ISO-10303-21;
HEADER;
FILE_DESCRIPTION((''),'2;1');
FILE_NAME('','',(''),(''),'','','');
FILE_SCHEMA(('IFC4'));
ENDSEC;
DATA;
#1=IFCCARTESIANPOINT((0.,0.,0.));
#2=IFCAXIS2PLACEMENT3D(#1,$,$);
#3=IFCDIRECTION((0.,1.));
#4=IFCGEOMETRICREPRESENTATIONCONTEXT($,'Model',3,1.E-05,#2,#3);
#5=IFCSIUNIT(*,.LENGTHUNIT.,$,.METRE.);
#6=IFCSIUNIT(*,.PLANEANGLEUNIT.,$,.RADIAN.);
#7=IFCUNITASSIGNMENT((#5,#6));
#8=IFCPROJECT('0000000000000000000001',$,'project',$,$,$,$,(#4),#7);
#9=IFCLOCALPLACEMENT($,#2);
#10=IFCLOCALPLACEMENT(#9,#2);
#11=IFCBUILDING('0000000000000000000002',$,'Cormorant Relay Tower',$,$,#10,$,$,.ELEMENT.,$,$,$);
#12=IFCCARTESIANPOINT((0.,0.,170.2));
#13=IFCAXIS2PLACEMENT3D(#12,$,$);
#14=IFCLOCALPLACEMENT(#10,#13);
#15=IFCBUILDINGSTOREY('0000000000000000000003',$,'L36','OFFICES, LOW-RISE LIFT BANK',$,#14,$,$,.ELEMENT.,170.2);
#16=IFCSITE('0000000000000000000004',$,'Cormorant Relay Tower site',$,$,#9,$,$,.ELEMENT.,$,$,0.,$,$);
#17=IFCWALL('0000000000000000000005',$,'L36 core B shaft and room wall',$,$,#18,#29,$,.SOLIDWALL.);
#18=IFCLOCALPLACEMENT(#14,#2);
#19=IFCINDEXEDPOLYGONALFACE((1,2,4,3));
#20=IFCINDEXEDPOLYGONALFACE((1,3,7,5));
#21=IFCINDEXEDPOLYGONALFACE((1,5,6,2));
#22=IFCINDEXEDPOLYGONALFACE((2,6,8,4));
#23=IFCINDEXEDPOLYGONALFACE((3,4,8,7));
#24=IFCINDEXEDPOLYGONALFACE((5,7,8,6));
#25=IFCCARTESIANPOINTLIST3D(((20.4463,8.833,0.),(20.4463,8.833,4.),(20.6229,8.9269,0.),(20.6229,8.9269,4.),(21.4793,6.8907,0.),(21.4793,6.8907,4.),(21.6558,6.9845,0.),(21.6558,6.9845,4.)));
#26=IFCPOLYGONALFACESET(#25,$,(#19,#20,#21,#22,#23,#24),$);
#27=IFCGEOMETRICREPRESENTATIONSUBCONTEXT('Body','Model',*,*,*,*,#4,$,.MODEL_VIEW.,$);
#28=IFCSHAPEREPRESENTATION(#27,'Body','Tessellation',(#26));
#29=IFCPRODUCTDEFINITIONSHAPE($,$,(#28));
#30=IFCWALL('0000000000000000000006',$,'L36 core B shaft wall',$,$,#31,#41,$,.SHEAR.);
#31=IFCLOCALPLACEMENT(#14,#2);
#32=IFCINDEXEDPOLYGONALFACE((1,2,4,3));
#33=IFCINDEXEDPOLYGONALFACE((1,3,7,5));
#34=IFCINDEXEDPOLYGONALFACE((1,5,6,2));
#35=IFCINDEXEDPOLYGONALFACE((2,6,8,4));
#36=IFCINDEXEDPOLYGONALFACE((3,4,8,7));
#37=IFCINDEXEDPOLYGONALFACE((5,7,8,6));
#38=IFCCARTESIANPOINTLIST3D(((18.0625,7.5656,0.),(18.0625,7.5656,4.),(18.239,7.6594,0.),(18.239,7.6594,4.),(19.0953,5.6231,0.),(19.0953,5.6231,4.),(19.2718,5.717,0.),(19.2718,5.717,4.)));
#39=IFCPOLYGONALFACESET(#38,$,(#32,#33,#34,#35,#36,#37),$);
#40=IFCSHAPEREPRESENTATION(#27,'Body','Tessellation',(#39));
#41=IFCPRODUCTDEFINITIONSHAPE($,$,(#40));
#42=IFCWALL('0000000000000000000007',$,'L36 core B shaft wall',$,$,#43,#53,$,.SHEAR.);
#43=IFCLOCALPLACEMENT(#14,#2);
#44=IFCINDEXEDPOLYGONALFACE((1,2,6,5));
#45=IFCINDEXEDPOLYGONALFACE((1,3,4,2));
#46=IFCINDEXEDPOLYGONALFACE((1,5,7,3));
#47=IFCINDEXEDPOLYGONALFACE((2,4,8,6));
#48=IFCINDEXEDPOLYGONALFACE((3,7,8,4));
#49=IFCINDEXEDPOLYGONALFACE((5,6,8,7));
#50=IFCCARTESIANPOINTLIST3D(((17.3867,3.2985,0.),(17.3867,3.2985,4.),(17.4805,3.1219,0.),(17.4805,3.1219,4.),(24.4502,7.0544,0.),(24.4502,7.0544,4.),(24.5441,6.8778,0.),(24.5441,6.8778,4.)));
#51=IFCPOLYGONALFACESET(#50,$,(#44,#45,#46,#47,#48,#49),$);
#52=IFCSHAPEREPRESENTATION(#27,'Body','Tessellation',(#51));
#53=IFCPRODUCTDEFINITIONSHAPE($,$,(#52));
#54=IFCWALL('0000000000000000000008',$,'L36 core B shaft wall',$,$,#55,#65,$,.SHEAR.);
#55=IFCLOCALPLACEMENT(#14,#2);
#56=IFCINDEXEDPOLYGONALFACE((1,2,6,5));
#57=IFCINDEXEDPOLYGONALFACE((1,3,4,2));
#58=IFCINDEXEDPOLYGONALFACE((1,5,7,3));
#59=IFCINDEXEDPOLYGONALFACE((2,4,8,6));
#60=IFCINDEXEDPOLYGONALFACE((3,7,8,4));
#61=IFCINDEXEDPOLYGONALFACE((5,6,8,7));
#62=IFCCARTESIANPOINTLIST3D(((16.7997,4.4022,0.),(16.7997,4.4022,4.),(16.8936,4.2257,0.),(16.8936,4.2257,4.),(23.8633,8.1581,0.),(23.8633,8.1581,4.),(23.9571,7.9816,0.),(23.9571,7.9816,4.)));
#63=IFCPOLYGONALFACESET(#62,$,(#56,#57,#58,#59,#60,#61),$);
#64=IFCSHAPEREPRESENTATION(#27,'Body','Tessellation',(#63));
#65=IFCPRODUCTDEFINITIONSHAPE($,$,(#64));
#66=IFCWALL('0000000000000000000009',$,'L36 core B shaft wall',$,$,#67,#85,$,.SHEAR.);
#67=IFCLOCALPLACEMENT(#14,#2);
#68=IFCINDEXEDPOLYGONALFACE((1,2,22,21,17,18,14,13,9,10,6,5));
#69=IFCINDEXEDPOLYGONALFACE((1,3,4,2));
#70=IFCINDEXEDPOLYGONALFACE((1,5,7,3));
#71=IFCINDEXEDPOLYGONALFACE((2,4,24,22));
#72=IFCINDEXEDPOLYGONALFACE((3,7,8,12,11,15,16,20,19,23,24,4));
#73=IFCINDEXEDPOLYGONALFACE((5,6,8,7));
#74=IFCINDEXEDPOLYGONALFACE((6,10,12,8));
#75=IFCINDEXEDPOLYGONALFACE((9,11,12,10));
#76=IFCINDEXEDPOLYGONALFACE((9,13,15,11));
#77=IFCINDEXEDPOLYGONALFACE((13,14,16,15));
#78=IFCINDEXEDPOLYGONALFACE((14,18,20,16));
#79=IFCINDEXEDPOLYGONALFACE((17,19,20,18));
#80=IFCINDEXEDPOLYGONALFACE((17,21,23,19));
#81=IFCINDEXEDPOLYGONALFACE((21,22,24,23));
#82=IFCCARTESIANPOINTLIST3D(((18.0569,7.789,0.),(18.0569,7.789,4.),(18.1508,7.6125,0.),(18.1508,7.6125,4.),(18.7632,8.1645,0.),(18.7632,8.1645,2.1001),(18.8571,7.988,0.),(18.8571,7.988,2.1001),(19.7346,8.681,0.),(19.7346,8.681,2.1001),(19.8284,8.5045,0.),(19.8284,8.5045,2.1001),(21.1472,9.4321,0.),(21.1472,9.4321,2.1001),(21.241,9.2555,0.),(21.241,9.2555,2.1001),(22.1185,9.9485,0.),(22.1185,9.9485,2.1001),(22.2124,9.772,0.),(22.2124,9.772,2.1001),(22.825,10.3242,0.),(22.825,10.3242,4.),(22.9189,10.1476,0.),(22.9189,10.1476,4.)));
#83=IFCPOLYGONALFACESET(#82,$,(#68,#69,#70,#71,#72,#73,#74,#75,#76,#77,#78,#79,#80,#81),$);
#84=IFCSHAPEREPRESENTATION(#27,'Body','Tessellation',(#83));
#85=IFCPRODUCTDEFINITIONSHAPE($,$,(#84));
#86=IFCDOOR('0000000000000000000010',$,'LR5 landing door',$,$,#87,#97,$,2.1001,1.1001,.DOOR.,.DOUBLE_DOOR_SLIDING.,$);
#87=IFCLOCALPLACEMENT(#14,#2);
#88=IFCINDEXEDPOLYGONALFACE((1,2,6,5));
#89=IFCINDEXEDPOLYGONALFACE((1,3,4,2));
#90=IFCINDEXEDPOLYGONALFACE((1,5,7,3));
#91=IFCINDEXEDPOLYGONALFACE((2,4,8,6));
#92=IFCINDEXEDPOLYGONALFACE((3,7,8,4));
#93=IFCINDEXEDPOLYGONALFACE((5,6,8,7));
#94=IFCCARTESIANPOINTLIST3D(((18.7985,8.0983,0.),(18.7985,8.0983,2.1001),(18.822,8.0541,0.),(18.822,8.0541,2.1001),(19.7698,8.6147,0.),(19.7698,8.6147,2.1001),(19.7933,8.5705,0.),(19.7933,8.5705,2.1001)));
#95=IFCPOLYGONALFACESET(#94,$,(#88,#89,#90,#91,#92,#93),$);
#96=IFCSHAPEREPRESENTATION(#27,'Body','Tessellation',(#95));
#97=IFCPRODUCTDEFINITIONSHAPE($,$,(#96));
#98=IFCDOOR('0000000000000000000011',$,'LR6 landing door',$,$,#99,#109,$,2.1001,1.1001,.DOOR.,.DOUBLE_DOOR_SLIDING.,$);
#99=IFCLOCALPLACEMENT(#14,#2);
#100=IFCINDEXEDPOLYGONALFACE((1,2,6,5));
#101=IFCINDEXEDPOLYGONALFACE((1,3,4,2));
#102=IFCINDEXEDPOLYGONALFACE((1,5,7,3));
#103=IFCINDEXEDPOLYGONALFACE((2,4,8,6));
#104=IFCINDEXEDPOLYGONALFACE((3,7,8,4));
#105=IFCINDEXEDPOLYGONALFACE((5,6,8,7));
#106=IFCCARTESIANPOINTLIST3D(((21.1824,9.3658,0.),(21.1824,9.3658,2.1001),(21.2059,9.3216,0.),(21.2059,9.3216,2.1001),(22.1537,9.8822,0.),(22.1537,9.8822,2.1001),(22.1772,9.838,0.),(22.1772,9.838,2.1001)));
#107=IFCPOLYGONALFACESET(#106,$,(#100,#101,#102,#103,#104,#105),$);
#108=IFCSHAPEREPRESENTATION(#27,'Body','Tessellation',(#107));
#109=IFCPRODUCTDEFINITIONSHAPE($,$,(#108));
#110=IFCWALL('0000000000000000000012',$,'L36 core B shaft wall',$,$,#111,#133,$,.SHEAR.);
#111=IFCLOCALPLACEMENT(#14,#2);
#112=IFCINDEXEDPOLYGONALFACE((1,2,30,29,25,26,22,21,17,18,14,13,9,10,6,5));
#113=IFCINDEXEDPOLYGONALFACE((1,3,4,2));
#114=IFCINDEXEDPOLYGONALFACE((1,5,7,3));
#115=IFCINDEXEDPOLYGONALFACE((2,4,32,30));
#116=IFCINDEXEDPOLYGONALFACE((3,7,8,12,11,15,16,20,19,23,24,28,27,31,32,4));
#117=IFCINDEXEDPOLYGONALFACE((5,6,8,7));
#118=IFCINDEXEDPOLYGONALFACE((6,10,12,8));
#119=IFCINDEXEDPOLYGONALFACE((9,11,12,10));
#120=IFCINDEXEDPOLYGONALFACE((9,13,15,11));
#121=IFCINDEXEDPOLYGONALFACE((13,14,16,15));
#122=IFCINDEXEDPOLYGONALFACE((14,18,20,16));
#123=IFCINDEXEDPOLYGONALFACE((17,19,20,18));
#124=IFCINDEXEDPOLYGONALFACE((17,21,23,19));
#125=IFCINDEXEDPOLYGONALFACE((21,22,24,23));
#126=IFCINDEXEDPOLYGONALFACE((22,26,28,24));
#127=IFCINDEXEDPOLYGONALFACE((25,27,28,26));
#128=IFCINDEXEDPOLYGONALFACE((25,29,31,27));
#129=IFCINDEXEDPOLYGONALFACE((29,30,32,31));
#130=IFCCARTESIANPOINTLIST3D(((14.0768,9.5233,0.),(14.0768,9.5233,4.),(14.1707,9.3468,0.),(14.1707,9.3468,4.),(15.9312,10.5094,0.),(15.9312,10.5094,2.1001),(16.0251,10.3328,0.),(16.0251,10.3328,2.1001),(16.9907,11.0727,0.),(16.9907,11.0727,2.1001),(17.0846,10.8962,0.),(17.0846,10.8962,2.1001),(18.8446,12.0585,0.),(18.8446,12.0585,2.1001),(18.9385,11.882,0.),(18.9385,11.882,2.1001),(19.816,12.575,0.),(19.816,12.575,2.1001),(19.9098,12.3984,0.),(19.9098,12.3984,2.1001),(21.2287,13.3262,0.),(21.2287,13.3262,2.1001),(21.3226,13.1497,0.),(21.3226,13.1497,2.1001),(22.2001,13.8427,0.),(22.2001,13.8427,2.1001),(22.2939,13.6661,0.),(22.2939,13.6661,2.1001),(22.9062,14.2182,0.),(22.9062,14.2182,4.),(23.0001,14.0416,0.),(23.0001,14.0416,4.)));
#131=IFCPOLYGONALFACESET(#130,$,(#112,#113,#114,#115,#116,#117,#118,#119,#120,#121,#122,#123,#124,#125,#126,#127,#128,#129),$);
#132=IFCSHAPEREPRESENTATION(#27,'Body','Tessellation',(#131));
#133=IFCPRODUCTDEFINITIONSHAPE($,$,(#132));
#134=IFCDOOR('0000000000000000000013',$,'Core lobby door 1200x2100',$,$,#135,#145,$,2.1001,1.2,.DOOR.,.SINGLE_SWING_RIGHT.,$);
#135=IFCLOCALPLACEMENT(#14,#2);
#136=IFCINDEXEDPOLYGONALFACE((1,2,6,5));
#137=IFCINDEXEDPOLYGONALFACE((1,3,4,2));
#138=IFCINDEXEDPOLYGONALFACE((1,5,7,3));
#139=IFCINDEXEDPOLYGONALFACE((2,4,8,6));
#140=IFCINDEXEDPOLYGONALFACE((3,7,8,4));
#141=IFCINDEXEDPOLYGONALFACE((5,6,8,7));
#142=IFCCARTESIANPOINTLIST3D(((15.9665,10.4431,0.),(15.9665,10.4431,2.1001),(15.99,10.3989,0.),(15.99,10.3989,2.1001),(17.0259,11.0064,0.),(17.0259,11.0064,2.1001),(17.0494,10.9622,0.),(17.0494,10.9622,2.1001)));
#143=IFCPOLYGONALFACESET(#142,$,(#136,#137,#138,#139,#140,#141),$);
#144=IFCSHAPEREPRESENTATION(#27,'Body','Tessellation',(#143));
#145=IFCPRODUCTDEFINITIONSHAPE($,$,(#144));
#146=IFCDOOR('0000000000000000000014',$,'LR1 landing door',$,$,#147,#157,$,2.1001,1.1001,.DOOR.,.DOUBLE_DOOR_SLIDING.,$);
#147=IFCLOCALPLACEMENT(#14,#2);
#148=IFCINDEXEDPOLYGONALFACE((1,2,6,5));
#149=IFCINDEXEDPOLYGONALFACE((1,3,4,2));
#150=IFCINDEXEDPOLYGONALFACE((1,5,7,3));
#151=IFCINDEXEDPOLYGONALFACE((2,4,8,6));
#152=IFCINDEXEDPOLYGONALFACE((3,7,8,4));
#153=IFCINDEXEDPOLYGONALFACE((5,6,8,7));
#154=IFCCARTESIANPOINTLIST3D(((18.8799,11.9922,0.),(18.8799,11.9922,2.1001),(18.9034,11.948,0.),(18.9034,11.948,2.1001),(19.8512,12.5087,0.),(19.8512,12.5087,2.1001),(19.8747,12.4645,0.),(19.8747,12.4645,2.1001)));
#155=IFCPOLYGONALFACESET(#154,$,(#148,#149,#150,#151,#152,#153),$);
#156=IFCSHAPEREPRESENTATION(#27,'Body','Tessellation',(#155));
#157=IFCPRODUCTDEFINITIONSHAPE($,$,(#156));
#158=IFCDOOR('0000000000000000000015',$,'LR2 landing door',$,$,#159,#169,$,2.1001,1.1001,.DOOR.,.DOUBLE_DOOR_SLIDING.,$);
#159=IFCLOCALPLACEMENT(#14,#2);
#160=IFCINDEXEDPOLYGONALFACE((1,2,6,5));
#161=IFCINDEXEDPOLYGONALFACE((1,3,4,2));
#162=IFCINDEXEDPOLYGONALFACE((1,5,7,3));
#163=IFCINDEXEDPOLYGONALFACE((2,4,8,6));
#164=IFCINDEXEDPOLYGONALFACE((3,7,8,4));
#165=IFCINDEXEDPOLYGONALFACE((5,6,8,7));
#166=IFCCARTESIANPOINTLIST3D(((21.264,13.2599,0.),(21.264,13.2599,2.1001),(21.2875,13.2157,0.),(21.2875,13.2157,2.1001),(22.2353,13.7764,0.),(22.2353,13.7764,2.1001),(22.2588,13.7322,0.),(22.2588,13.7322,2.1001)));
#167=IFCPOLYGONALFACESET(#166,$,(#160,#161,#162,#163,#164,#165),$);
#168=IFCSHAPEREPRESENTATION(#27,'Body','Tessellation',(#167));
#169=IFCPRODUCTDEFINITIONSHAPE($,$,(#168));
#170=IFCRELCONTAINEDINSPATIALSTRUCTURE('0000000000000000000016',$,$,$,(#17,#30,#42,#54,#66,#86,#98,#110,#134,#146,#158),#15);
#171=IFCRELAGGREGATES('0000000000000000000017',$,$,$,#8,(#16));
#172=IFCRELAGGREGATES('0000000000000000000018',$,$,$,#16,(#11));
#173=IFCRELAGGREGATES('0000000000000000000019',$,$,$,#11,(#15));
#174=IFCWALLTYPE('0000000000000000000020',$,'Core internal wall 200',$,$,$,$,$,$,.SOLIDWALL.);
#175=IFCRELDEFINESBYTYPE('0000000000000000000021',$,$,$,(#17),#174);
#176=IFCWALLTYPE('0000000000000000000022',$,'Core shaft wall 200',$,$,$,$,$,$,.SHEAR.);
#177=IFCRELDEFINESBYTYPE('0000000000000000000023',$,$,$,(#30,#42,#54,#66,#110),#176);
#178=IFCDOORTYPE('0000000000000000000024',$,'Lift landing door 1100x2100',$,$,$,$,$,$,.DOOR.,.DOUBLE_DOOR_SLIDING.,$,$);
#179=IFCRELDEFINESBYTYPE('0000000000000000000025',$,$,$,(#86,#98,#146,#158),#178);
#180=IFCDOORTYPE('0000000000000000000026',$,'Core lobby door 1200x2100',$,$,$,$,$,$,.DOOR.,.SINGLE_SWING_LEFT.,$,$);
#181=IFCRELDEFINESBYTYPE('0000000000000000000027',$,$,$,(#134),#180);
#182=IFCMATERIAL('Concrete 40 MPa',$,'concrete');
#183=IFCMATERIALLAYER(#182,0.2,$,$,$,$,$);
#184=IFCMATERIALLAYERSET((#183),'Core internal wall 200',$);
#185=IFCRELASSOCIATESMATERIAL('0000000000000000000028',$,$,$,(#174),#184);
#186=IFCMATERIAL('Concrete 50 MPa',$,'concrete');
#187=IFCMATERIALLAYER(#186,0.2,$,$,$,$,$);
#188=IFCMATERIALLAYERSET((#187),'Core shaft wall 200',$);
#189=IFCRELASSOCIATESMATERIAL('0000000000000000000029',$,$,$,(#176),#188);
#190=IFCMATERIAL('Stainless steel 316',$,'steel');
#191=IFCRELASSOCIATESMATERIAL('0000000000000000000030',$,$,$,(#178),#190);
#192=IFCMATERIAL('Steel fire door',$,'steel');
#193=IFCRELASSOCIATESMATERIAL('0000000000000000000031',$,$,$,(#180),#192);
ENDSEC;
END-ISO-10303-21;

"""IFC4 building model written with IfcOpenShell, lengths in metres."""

from ifc_helpers import new_model, si_unit, direction, frame, frame_2d, origin, place, context, subcontext, project, spatial, rectangle, extrude, material, layer, layer_set, type_object, element, fill, save


model = new_model("IFC4")

# Units and contexts
model_context = context("Model", 3, precision=1e-05, world=origin(), true_north=direction((0.0, 1.0)))
body_context = subcontext(model_context, "Body", "Model", "MODEL_VIEW")
ifc_project = project(units=[si_unit("LENGTHUNIT", "METRE"), si_unit("PLANEANGLEUNIT", "RADIAN")], contexts=[model_context])

# Site, building, storey
site_placement = place(None, origin())
site = spatial("IfcSite", under=ifc_project, at=site_placement, Name="Cormorant Relay Tower site", CompositionType="ELEMENT", RefElevation=0.0)
building_placement = place(site_placement, origin())
building = spatial("IfcBuilding", under=site, at=building_placement, Name="Cormorant Relay Tower", CompositionType="ELEMENT")
storey_placement = place(building_placement, frame((0.0, 0.0, 170.2)))
storey = spatial("IfcBuildingStorey", under=building, at=storey_placement, Name="L36", Description="OFFICES, LOW-RISE LIFT BANK", CompositionType="ELEMENT", Elevation=170.2)

# Walls
ifc_material_1 = material(Name="Concrete 40 MPa", Category="concrete")
ifc_layer_1 = layer(ifc_material_1, 0.2)
ifc_layer_set_1 = layer_set([ifc_layer_1], Name="Core internal wall 200")
wall_type_1 = type_object("IfcWallType", Name="Core internal wall 200", PredefinedType="SOLIDWALL", material=ifc_layer_set_1)
wall_1_placement = place(storey_placement, frame((21.5676, 6.9375, 0.0), z_axis=(0.0, 0.0, 1.0), x_axis=(-0.469534, 0.882914, 0.0)))
element("IfcWall", 1, at=wall_1_placement, inside=storey, type_object=wall_type_1, Name="L36 core B shaft and room wall", PredefinedType="SOLIDWALL", context=body_context, shape_type="SweptSolid", body=[
    extrude(rectangle(XDim=2.2, YDim=0.2, at=frame_2d((1.1001, 0.0))), origin(), (0.0, 0.0, 1.0), 4.0),
])
ifc_material_2 = material(Name="Concrete 50 MPa", Category="concrete")
ifc_layer_2 = layer(ifc_material_2, 0.2)
ifc_layer_set_2 = layer_set([ifc_layer_2], Name="Core shaft wall 200")
wall_type_2 = type_object("IfcWallType", Name="Core shaft wall 200", PredefinedType="SHEAR", material=ifc_layer_set_2)
wall_2_placement = place(storey_placement, frame((19.1836, 5.6699, 0.0), z_axis=(0.0, 0.0, 1.0), x_axis=(-0.469447, 0.88296, 0.0)))
element("IfcWall", 2, at=wall_2_placement, inside=storey, type_object=wall_type_2, Name="L36 core B shaft wall", PredefinedType="SHEAR", context=body_context, shape_type="SweptSolid", body=[
    extrude(rectangle(XDim=2.2, YDim=0.2, at=frame_2d((1.1001, 0.0))), origin(), (0.0, 0.0, 1.0), 4.0),
])
for number, where, z_axis, x_axis, name in (
    (3, (17.4336, 3.2102, 0.0), (0.0, 0.0, 1.0), (0.88294, 0.469485, 0.0), "L36 core B shaft wall"),
    (4, (16.8467, 4.314, 0.0), (0.0, 0.0, 1.0), (0.88294, 0.469485, 0.0), "L36 core B shaft wall"),
):
    element("IfcWall", number, at=place(storey_placement, frame(where, z_axis=z_axis, x_axis=x_axis)), inside=storey, type_object=wall_type_2, Name=name, PredefinedType="SHEAR", context=body_context, shape_type="SweptSolid", body=[
        extrude(rectangle(XDim=8.0, YDim=0.2, at=frame_2d((4.0, 0.0))), origin(), (0.0, 0.0, 1.0), 4.0),
    ])

# Walls, openings, doors
wall_3_placement = place(storey_placement, frame((18.1038, 7.7007, 0.0), z_axis=(0.0, 0.0, 1.0), x_axis=(0.882953, 0.469462, 0.0)))
wall_3 = element("IfcWall", 5, at=wall_3_placement, inside=storey, type_object=wall_type_2, Name="L36 core B shaft wall", PredefinedType="SHEAR", context=body_context, shape_type="SweptSolid", body=[
    extrude(rectangle(XDim=5.4001, YDim=0.2, at=frame_2d((2.7002, 0.0))), origin(), (0.0, 0.0, 1.0), 4.0),
])
opening_1_placement = place(wall_3_placement, frame((0.8, 0.0, 0.0)))
opening_1 = element("IfcOpeningElement", 6, at=opening_1_placement, cuts=wall_3, PredefinedType="OPENING", context=body_context, shape_type="SweptSolid", body=[
    extrude(rectangle(XDim=1.1001, YDim=2.1001, at=frame_2d((0.55, 1.05))), frame((0.0, 0.1099, 0.0), z_axis=(0.0, -1.0, 0.0), x_axis=(1.0, 0.0, 0.0)), (0.0, 0.0, 1.0), 0.22),
])
opening_2_placement = place(wall_3_placement, frame((3.5, 0.0, 0.0)))
opening_2 = element("IfcOpeningElement", 7, at=opening_2_placement, cuts=wall_3, PredefinedType="OPENING", context=body_context, shape_type="SweptSolid", body=[
    extrude(rectangle(XDim=1.1001, YDim=2.1001, at=frame_2d((0.55, 1.05))), frame((0.0, 0.1099, 0.0), z_axis=(0.0, -1.0, 0.0), x_axis=(1.0, 0.0, 0.0)), (0.0, 0.0, 1.0), 0.22),
])
ifc_material_3 = material(Name="Stainless steel 316", Category="steel")
door_type_1 = type_object("IfcDoorType", Name="Lift landing door 1100x2100", OperationType="DOUBLE_DOOR_SLIDING", PredefinedType="DOOR", material=ifc_material_3)
door_1_placement = place(opening_1_placement, origin())
door_1 = element("IfcDoor", 8, at=door_1_placement, inside=storey, type_object=door_type_1, Name="LR5 landing door", OperationType="DOUBLE_DOOR_SLIDING", OverallHeight=2.1001, OverallWidth=1.1001, PredefinedType="DOOR", context=body_context, shape_type="SweptSolid", body=[
    extrude(rectangle(XDim=1.1001, YDim=2.1001, at=frame_2d((0.55, 1.05))), frame((0.0, 0.0249, 0.0), z_axis=(0.0, -1.0, 0.0), x_axis=(1.0, 0.0, 0.0)), (0.0, 0.0, 1.0), 0.05),
])
fill(opening_1, door_1)
door_2_placement = place(opening_2_placement, origin())
door_2 = element("IfcDoor", 9, at=door_2_placement, inside=storey, type_object=door_type_1, Name="LR6 landing door", OperationType="DOUBLE_DOOR_SLIDING", OverallHeight=2.1001, OverallWidth=1.1001, PredefinedType="DOOR", context=body_context, shape_type="SweptSolid", body=[
    extrude(rectangle(XDim=1.1001, YDim=2.1001, at=frame_2d((0.55, 1.05))), frame((0.0, 0.0249, 0.0), z_axis=(0.0, -1.0, 0.0), x_axis=(1.0, 0.0, 0.0)), (0.0, 0.0, 1.0), 0.05),
])
fill(opening_2, door_2)
wall_4_placement = place(storey_placement, frame((14.1238, 9.4351, 0.0), z_axis=(0.0, 0.0, 1.0), x_axis=(0.88294, 0.469485, 0.0)))
wall_4 = element("IfcWall", 10, at=wall_4_placement, inside=storey, type_object=wall_type_2, Name="L36 core B shaft wall", PredefinedType="SHEAR", context=body_context, shape_type="SweptSolid", body=[
    extrude(rectangle(XDim=10.0, YDim=0.2, at=frame_2d((5.0, 0.0))), origin(), (0.0, 0.0, 1.0), 4.0),
])
opening_3_placement = place(wall_4_placement, frame((2.1001, 0.0, 0.0)))
opening_3 = element("IfcOpeningElement", 11, at=opening_3_placement, cuts=wall_4, PredefinedType="OPENING", context=body_context, shape_type="SweptSolid", body=[
    extrude(rectangle(XDim=1.2, YDim=2.1001, at=frame_2d((0.6001, 1.05))), frame((0.0, 0.1099, 0.0), z_axis=(0.0, -1.0, 0.0), x_axis=(1.0, 0.0, 0.0)), (0.0, 0.0, 1.0), 0.22),
])
opening_4_placement = place(wall_4_placement, frame((5.3999, 0.0, 0.0)))
opening_4 = element("IfcOpeningElement", 12, at=opening_4_placement, cuts=wall_4, PredefinedType="OPENING", context=body_context, shape_type="SweptSolid", body=[
    extrude(rectangle(XDim=1.1001, YDim=2.1001, at=frame_2d((0.55, 1.05))), frame((0.0, 0.1099, 0.0), z_axis=(0.0, -1.0, 0.0), x_axis=(1.0, 0.0, 0.0)), (0.0, 0.0, 1.0), 0.22),
])
opening_5_placement = place(wall_4_placement, frame((8.1001, 0.0, 0.0)))
opening_5 = element("IfcOpeningElement", 13, at=opening_5_placement, cuts=wall_4, PredefinedType="OPENING", context=body_context, shape_type="SweptSolid", body=[
    extrude(rectangle(XDim=1.1001, YDim=2.1001, at=frame_2d((0.55, 1.05))), frame((0.0, 0.1099, 0.0), z_axis=(0.0, -1.0, 0.0), x_axis=(1.0, 0.0, 0.0)), (0.0, 0.0, 1.0), 0.22),
])
ifc_material_4 = material(Name="Steel fire door", Category="steel")
door_type_2 = type_object("IfcDoorType", Name="Core lobby door 1200x2100", OperationType="SINGLE_SWING_LEFT", PredefinedType="DOOR", material=ifc_material_4)
door_3_placement = place(opening_3_placement, origin())
door_3 = element("IfcDoor", 14, at=door_3_placement, inside=storey, type_object=door_type_2, Name="Core lobby door 1200x2100", OperationType="SINGLE_SWING_RIGHT", OverallHeight=2.1001, OverallWidth=1.2, PredefinedType="DOOR", context=body_context, shape_type="SweptSolid", body=[
    extrude(rectangle(XDim=1.2, YDim=2.1001, at=frame_2d((0.6001, 1.05))), frame((0.0, 0.0249, 0.0), z_axis=(0.0, -1.0, 0.0), x_axis=(1.0, 0.0, 0.0)), (0.0, 0.0, 1.0), 0.05),
])
fill(opening_3, door_3)
door_4_placement = place(opening_4_placement, origin())
door_4 = element("IfcDoor", 15, at=door_4_placement, inside=storey, type_object=door_type_1, Name="LR1 landing door", OperationType="DOUBLE_DOOR_SLIDING", OverallHeight=2.1001, OverallWidth=1.1001, PredefinedType="DOOR", context=body_context, shape_type="SweptSolid", body=[
    extrude(rectangle(XDim=1.1001, YDim=2.1001, at=frame_2d((0.55, 1.05))), frame((0.0, 0.0249, 0.0), z_axis=(0.0, -1.0, 0.0), x_axis=(1.0, 0.0, 0.0)), (0.0, 0.0, 1.0), 0.05),
])
fill(opening_4, door_4)
door_5_placement = place(opening_5_placement, origin())
door_5 = element("IfcDoor", 16, at=door_5_placement, inside=storey, type_object=door_type_1, Name="LR2 landing door", OperationType="DOUBLE_DOOR_SLIDING", OverallHeight=2.1001, OverallWidth=1.1001, PredefinedType="DOOR", context=body_context, shape_type="SweptSolid", body=[
    extrude(rectangle(XDim=1.1001, YDim=2.1001, at=frame_2d((0.55, 1.05))), frame((0.0, 0.0249, 0.0), z_axis=(0.0, -1.0, 0.0), x_axis=(1.0, 0.0, 0.0)), (0.0, 0.0, 1.0), 0.05),
])
fill(opening_5, door_5)

save(model, "model.ifc")
